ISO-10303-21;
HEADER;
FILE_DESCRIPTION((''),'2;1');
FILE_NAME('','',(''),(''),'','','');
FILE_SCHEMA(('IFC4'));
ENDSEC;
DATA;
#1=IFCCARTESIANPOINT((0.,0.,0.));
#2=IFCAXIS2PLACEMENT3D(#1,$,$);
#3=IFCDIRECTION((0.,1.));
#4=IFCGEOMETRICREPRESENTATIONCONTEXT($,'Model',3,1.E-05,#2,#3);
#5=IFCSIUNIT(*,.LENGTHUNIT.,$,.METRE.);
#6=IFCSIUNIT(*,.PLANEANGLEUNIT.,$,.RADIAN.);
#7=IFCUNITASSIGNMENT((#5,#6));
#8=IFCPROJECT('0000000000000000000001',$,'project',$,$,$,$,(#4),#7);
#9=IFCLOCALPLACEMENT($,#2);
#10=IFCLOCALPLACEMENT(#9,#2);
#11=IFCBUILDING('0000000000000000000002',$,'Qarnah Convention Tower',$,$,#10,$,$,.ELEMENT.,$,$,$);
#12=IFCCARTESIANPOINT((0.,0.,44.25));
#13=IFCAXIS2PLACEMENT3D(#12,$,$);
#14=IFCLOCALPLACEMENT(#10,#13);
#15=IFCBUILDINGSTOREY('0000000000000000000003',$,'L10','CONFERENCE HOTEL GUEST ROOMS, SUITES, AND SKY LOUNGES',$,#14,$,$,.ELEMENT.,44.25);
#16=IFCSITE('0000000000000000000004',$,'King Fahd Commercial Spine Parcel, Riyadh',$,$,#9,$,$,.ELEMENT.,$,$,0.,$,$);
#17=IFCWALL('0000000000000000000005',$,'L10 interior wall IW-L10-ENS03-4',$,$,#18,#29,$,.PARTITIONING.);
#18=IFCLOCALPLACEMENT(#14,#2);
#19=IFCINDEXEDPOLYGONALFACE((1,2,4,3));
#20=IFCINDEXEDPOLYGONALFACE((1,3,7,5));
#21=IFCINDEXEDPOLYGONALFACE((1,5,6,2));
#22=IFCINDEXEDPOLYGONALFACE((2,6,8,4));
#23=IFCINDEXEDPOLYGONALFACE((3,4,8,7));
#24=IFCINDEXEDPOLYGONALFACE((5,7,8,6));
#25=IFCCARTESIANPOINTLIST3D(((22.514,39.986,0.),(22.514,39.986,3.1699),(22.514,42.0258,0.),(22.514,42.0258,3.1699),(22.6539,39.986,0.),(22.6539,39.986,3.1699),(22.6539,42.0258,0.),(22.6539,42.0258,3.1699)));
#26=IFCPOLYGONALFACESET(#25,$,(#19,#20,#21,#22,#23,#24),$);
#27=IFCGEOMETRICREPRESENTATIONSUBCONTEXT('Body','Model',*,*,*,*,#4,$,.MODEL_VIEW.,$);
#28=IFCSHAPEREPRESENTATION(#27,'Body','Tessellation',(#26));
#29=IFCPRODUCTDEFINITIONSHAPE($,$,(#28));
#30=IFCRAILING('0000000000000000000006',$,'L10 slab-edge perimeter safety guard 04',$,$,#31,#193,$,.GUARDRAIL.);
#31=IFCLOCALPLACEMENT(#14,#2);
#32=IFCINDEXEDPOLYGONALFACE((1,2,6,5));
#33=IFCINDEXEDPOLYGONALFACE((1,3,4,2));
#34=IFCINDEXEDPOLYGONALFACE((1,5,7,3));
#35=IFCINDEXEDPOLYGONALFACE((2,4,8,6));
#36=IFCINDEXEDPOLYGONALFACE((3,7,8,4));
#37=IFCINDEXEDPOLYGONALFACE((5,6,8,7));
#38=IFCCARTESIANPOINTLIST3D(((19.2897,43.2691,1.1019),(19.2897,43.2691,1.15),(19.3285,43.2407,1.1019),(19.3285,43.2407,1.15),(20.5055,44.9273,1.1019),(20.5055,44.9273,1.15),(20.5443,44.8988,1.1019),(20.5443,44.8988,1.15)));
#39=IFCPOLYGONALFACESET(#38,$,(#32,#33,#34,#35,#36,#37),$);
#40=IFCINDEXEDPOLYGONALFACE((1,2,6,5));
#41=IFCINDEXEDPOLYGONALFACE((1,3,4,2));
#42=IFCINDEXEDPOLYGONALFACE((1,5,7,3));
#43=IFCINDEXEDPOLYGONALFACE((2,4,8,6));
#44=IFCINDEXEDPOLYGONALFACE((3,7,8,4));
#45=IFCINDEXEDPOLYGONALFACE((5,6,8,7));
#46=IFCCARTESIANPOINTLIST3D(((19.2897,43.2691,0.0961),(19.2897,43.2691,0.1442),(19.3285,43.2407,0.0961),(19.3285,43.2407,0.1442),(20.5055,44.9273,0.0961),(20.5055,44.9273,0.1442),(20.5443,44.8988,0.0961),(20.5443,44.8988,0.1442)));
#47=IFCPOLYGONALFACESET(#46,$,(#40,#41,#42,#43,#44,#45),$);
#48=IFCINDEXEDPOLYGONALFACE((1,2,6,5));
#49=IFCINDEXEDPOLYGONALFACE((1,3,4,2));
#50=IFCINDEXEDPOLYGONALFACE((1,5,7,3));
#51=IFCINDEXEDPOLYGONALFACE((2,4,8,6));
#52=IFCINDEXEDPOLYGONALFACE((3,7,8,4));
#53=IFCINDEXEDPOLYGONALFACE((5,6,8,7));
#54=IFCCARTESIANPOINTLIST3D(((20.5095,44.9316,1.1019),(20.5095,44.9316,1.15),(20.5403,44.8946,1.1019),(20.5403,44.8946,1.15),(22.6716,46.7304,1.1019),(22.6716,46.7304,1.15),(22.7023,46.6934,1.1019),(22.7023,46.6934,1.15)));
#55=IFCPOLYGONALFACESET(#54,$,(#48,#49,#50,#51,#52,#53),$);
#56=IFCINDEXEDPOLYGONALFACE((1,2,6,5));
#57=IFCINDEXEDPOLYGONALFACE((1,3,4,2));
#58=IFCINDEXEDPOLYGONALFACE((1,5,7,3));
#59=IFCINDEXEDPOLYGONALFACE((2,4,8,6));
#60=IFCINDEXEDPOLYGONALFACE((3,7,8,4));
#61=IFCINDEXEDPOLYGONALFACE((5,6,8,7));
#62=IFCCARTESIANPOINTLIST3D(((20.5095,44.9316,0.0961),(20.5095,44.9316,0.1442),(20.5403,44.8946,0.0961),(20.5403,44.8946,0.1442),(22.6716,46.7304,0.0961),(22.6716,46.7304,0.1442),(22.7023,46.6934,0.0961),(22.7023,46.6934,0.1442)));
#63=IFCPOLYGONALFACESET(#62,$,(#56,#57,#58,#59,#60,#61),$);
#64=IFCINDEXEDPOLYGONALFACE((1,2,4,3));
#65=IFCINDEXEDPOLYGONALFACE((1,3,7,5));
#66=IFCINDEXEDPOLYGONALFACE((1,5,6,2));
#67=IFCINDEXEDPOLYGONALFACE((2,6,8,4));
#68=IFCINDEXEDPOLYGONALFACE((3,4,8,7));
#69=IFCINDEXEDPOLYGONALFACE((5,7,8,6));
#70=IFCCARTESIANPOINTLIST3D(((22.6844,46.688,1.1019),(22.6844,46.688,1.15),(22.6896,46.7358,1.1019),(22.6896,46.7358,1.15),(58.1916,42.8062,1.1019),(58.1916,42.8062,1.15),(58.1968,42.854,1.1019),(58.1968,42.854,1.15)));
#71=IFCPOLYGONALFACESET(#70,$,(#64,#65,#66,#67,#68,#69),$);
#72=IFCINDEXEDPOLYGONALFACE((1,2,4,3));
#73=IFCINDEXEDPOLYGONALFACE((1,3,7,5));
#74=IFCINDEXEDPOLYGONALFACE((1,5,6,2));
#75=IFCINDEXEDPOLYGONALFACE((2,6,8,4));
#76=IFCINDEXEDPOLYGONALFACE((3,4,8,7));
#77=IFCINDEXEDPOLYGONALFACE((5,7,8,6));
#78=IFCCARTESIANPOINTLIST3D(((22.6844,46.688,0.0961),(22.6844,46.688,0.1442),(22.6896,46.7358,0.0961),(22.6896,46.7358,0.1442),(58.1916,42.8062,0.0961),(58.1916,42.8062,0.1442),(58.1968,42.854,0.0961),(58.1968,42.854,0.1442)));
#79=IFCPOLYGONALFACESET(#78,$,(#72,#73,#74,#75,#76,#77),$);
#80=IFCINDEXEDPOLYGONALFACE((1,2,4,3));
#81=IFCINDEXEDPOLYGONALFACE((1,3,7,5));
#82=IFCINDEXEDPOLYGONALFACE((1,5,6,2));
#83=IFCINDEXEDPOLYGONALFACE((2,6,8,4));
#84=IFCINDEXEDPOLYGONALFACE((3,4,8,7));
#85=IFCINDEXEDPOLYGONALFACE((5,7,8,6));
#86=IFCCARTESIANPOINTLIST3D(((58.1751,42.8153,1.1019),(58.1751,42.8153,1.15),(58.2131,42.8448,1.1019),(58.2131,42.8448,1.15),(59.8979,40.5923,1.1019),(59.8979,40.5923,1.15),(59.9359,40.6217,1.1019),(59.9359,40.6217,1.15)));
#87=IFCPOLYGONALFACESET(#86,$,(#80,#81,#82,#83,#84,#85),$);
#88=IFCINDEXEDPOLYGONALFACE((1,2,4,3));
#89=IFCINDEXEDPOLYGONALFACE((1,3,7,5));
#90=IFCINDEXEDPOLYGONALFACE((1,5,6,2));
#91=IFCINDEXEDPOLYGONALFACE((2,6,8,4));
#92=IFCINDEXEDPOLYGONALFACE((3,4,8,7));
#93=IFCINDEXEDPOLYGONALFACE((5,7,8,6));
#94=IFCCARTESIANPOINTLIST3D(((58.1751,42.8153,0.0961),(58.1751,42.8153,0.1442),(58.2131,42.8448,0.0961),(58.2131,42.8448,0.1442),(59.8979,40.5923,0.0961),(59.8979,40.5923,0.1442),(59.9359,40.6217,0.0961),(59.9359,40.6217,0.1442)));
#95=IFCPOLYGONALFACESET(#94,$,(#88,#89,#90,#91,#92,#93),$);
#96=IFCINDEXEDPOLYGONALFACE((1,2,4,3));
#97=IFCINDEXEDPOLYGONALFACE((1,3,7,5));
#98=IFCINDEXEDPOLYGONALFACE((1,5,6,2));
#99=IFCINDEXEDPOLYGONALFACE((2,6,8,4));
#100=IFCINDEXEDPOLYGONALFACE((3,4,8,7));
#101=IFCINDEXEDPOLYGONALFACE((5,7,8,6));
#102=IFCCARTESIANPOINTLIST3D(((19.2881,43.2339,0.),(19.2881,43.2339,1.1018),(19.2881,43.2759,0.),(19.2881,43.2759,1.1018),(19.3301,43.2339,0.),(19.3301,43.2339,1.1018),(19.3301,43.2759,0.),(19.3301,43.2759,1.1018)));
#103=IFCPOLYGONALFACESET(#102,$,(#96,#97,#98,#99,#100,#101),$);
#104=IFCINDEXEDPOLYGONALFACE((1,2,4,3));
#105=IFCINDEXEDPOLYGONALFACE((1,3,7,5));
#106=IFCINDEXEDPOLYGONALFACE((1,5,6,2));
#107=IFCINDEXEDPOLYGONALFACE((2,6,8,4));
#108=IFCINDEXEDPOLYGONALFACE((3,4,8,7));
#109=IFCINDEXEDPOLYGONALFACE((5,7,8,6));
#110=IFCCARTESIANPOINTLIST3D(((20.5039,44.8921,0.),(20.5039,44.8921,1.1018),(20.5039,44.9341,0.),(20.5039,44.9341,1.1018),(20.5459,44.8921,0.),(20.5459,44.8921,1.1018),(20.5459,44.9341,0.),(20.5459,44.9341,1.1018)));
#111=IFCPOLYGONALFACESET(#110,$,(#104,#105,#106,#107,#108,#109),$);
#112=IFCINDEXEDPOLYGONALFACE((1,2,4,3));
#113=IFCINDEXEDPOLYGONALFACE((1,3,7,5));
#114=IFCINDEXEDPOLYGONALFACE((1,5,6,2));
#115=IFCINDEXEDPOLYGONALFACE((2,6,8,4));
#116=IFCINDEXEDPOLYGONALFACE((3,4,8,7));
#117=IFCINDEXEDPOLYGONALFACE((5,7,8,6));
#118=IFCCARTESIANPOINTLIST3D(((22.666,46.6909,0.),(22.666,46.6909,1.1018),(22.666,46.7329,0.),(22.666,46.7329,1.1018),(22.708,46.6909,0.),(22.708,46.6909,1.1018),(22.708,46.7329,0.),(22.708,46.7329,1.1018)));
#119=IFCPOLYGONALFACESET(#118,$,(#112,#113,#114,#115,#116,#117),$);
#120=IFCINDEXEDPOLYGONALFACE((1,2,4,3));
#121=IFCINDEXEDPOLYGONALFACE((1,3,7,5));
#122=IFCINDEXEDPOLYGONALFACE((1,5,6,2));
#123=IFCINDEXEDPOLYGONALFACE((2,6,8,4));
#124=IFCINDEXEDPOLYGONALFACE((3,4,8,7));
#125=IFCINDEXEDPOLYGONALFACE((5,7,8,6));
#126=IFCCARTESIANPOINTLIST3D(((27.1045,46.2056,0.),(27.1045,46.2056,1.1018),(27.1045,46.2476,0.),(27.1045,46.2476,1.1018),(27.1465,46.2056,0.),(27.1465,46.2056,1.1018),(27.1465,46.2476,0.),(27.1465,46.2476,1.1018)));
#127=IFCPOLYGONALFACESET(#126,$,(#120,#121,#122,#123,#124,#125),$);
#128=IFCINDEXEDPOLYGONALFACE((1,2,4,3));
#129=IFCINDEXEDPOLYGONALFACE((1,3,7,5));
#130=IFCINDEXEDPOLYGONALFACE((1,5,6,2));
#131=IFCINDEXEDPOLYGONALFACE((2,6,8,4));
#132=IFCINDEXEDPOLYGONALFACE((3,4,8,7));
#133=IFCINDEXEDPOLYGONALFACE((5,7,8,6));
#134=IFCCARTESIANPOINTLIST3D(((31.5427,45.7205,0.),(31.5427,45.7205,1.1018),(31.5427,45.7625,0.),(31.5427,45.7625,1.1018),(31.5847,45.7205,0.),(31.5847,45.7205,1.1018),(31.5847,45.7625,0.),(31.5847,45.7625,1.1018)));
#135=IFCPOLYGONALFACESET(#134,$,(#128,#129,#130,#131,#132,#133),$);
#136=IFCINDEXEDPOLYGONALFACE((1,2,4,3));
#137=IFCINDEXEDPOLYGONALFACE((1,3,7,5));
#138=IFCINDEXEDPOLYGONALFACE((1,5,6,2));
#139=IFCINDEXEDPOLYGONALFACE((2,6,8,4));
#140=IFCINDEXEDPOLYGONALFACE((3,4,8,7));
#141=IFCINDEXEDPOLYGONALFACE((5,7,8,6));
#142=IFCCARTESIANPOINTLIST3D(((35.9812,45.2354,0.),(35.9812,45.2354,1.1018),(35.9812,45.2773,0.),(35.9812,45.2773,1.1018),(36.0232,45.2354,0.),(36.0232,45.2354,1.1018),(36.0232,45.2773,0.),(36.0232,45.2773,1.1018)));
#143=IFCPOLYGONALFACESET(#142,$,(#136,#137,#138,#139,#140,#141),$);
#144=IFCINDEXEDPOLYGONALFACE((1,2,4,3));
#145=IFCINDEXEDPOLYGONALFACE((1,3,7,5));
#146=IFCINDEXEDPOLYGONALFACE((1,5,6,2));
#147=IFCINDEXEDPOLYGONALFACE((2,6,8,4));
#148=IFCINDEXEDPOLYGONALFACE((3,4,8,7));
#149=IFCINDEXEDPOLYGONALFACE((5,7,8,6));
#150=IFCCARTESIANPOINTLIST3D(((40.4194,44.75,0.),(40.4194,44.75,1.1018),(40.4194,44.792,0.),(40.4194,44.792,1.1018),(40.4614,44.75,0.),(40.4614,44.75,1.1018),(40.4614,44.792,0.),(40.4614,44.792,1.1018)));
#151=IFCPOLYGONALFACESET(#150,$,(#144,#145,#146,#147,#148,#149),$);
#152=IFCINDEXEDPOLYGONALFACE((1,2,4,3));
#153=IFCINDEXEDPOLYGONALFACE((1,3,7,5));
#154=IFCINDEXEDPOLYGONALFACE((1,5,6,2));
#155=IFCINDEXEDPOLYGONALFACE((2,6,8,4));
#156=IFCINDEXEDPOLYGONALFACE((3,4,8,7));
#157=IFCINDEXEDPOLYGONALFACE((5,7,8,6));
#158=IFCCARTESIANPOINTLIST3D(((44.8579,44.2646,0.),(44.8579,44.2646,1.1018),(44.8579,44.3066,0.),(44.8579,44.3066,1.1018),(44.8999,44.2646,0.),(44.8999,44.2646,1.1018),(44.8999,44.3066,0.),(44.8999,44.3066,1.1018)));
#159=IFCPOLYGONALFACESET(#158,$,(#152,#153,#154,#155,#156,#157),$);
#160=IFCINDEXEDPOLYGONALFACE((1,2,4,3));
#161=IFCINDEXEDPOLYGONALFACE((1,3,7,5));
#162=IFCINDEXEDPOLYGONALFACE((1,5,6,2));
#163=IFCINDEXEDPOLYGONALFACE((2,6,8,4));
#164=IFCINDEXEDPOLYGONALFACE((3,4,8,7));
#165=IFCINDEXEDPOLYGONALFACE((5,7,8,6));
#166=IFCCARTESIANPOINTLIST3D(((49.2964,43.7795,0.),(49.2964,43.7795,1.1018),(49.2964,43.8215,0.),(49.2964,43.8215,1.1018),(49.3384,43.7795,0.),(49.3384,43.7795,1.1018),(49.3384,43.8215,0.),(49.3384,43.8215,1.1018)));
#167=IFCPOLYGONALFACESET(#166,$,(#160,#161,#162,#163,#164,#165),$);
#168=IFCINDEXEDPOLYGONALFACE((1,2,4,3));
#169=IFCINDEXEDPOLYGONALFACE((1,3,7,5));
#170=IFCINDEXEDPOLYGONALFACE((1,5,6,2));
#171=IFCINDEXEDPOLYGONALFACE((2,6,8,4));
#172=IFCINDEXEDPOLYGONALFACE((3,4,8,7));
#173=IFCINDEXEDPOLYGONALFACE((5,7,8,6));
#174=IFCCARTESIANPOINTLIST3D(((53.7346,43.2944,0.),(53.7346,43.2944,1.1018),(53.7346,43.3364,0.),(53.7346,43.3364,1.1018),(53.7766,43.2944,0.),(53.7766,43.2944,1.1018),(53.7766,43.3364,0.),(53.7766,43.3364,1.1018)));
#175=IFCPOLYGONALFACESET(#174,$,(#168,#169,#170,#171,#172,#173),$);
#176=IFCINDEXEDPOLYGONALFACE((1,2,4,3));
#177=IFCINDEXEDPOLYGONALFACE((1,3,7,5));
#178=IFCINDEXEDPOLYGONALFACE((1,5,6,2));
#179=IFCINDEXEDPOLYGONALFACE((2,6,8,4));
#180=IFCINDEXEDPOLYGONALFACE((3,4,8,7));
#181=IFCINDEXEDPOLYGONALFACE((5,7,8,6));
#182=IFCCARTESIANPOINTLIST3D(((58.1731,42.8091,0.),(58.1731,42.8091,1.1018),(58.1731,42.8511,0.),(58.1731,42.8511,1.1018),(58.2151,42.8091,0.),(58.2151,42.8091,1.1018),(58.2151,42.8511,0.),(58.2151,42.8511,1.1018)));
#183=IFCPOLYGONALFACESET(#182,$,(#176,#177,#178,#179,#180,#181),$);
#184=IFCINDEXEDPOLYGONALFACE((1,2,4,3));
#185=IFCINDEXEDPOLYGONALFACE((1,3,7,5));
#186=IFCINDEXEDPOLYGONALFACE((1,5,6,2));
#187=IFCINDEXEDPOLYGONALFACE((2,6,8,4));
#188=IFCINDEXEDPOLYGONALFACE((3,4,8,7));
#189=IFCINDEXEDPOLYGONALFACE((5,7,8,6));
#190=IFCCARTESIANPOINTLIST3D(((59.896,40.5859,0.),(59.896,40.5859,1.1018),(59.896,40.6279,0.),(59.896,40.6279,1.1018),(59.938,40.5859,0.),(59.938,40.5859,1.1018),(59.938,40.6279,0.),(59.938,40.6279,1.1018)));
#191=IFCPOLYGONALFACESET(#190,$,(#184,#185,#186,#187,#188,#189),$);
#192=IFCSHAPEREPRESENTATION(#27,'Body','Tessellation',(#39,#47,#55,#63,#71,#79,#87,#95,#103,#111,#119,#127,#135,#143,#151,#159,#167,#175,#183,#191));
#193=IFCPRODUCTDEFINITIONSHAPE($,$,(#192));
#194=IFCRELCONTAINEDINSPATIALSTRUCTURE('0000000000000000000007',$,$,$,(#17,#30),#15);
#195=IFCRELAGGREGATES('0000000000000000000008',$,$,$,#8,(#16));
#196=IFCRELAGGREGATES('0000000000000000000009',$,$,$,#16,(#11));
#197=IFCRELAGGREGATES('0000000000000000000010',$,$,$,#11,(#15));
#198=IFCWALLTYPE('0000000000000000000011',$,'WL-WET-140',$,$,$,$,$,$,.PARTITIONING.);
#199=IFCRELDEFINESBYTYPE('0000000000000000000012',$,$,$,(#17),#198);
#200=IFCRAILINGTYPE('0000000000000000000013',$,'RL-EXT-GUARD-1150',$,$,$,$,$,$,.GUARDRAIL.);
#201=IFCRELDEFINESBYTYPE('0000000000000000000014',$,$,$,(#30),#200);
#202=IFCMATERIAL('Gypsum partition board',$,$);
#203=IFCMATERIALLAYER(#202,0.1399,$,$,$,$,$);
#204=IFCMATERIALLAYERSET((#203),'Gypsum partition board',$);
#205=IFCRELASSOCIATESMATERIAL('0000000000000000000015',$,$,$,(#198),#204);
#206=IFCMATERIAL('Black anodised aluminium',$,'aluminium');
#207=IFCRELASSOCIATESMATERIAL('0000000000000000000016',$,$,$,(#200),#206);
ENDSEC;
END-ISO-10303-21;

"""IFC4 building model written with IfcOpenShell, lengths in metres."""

from ifc_helpers import new_model, si_unit, direction, frame, frame_2d, origin, origin_2d, place, context, subcontext, project, spatial, rectangle, extrude, material, layer, layer_set, type_object, element, save


model = new_model("IFC4")

# Units and contexts
model_context = context("Model", 3, precision=1e-05, world=origin(), true_north=direction((0.0, 1.0)))
body_context = subcontext(model_context, "Body", "Model", "MODEL_VIEW")
ifc_project = project(units=[si_unit("LENGTHUNIT", "METRE"), si_unit("PLANEANGLEUNIT", "RADIAN")], contexts=[model_context])

# Site, building, storey
site_placement = place(None, origin())
site = spatial("IfcSite", under=ifc_project, at=site_placement, Name="King Fahd Commercial Spine Parcel, Riyadh", CompositionType="ELEMENT", RefElevation=0.0)
building_placement = place(site_placement, origin())
building = spatial("IfcBuilding", under=site, at=building_placement, Name="Qarnah Convention Tower", CompositionType="ELEMENT")
storey_placement = place(building_placement, frame((0.0, 0.0, 44.25)))
storey = spatial("IfcBuildingStorey", under=building, at=storey_placement, Name="L10", Description="CONFERENCE HOTEL GUEST ROOMS, SUITES, AND SKY LOUNGES", CompositionType="ELEMENT", Elevation=44.25)

# Shared definitions
ifc_material_1 = material(Name="Black anodised aluminium", Category="aluminium")

# Shared definitions
ifc_material_2 = material(Name="Gypsum partition board")

# Shared definitions
ifc_layer_1 = layer(ifc_material_2, 0.1399)
ifc_layer_set_1 = layer_set([ifc_layer_1], Name="Gypsum partition board")
wall_type_1 = type_object("IfcWallType", Name="WL-WET-140", PredefinedType="PARTITIONING", material=ifc_layer_set_1)

# Wall
wall_1_placement = place(storey_placement, frame((22.584, 42.0259, 0.0), z_axis=(0.0, 0.0, 1.0), x_axis=(0.0, -1.0, 0.0)))
element("IfcWall", 1, at=wall_1_placement, inside=storey, type_object=wall_type_1, Name="L10 interior wall IW-L10-ENS03-4", PredefinedType="PARTITIONING", context=body_context, shape_type="SweptSolid", body=[
    extrude(rectangle(XDim=2.0398, YDim=0.1399, at=frame_2d((1.02, 0.0))), origin(), (0.0, 0.0, 1.0), 3.1699),
])

# Railing
railing_type = type_object("IfcRailingType", Name="RL-EXT-GUARD-1150", PredefinedType="GUARDRAIL", material=ifc_material_1)
railing_1_placement = place(storey_placement, frame((19.3091, 43.2549, 0.0)))
element("IfcRailing", 2, at=railing_1_placement, inside=storey, type_object=railing_type, Name="L10 slab-edge perimeter safety guard 04", PredefinedType="GUARDRAIL", context=body_context, shape_type="SweptSolid", body=[
    extrude(rectangle(XDim=0.0481, YDim=0.0481, at=origin_2d()), frame((0.0, 0.0, 1.126), z_axis=(0.591302, 0.80645, 0.0), x_axis=(-0.80645, 0.591302, 0.0)), (0.0, 0.0, 1.0), 2.0562),
    extrude(rectangle(XDim=0.0481, YDim=0.0481, at=origin_2d()), frame((0.0, 0.0, 0.1201), z_axis=(0.591302, 0.80645, 0.0), x_axis=(-0.80645, 0.591302, 0.0)), (0.0, 0.0, 1.0), 2.0562),
    extrude(rectangle(XDim=0.0481, YDim=0.0481, at=origin_2d()), frame((1.2158, 1.6582, 1.126), z_axis=(0.768733, 0.639569, 0.0), x_axis=(-0.639569, 0.768733, 0.0)), (0.0, 0.0, 1.0), 2.8125),
    extrude(rectangle(XDim=0.0481, YDim=0.0481, at=origin_2d()), frame((1.2158, 1.6582, 0.1201), z_axis=(0.768733, 0.639569, 0.0), x_axis=(-0.639569, 0.768733, 0.0)), (0.0, 0.0, 1.0), 2.8125),
    extrude(rectangle(XDim=0.0481, YDim=0.0481, at=origin_2d()), frame((3.3779, 3.457, 1.126), z_axis=(0.994077, -0.108678, 0.0), x_axis=(0.108678, 0.994077, 0.0)), (0.0, 0.0, 1.0), 35.7188),
    extrude(rectangle(XDim=0.0481, YDim=0.0481, at=origin_2d()), frame((3.3779, 3.457, 0.1201), z_axis=(0.994077, -0.108678, 0.0), x_axis=(0.108678, 0.994077, 0.0)), (0.0, 0.0, 1.0), 35.7188),
    extrude(rectangle(XDim=0.0481, YDim=0.0481, at=origin_2d()), frame((38.885, -0.4248, 1.126), z_axis=(0.612564, -0.790421, 0.0), x_axis=(0.790421, 0.612564, 0.0)), (0.0, 0.0, 1.0), 2.8125),
    extrude(rectangle(XDim=0.0481, YDim=0.0481, at=origin_2d()), frame((38.885, -0.4248, 0.1201), z_axis=(0.612564, -0.790421, 0.0), x_axis=(0.790421, 0.612564, 0.0)), (0.0, 0.0, 1.0), 2.8125),
    extrude(rectangle(XDim=0.042, YDim=0.042, at=origin_2d()), origin(), (0.0, 0.0, 1.0), 1.1018),
    extrude(rectangle(XDim=0.042, YDim=0.042, at=origin_2d()), frame((1.2158, 1.6582, 0.0)), (0.0, 0.0, 1.0), 1.1018),
    extrude(rectangle(XDim=0.042, YDim=0.042, at=origin_2d()), frame((3.3779, 3.457, 0.0)), (0.0, 0.0, 1.0), 1.1018),
    extrude(rectangle(XDim=0.042, YDim=0.042, at=origin_2d()), frame((7.8164, 2.9717, 0.0)), (0.0, 0.0, 1.0), 1.1018),
    extrude(rectangle(XDim=0.042, YDim=0.042, at=origin_2d()), frame((12.2546, 2.4866, 0.0)), (0.0, 0.0, 1.0), 1.1018),
    extrude(rectangle(XDim=0.042, YDim=0.042, at=origin_2d()), frame((16.6931, 2.0015, 0.0)), (0.0, 0.0, 1.0), 1.1018),
    extrude(rectangle(XDim=0.042, YDim=0.042, at=origin_2d()), frame((21.1313, 1.5161, 0.0)), (0.0, 0.0, 1.0), 1.1018),
    extrude(rectangle(XDim=0.042, YDim=0.042, at=origin_2d()), frame((25.5698, 1.0308, 0.0)), (0.0, 0.0, 1.0), 1.1018),
    extrude(rectangle(XDim=0.042, YDim=0.042, at=origin_2d()), frame((30.0083, 0.5457, 0.0)), (0.0, 0.0, 1.0), 1.1018),
    extrude(rectangle(XDim=0.042, YDim=0.042, at=origin_2d()), frame((34.4465, 0.0605, 0.0)), (0.0, 0.0, 1.0), 1.1018),
    extrude(rectangle(XDim=0.042, YDim=0.042, at=origin_2d()), frame((38.885, -0.4248, 0.0)), (0.0, 0.0, 1.0), 1.1018),
    extrude(rectangle(XDim=0.042, YDim=0.042, at=origin_2d()), frame((40.6079, -2.6479, 0.0)), (0.0, 0.0, 1.0), 1.1018),
])

save(model, "model.ifc")
